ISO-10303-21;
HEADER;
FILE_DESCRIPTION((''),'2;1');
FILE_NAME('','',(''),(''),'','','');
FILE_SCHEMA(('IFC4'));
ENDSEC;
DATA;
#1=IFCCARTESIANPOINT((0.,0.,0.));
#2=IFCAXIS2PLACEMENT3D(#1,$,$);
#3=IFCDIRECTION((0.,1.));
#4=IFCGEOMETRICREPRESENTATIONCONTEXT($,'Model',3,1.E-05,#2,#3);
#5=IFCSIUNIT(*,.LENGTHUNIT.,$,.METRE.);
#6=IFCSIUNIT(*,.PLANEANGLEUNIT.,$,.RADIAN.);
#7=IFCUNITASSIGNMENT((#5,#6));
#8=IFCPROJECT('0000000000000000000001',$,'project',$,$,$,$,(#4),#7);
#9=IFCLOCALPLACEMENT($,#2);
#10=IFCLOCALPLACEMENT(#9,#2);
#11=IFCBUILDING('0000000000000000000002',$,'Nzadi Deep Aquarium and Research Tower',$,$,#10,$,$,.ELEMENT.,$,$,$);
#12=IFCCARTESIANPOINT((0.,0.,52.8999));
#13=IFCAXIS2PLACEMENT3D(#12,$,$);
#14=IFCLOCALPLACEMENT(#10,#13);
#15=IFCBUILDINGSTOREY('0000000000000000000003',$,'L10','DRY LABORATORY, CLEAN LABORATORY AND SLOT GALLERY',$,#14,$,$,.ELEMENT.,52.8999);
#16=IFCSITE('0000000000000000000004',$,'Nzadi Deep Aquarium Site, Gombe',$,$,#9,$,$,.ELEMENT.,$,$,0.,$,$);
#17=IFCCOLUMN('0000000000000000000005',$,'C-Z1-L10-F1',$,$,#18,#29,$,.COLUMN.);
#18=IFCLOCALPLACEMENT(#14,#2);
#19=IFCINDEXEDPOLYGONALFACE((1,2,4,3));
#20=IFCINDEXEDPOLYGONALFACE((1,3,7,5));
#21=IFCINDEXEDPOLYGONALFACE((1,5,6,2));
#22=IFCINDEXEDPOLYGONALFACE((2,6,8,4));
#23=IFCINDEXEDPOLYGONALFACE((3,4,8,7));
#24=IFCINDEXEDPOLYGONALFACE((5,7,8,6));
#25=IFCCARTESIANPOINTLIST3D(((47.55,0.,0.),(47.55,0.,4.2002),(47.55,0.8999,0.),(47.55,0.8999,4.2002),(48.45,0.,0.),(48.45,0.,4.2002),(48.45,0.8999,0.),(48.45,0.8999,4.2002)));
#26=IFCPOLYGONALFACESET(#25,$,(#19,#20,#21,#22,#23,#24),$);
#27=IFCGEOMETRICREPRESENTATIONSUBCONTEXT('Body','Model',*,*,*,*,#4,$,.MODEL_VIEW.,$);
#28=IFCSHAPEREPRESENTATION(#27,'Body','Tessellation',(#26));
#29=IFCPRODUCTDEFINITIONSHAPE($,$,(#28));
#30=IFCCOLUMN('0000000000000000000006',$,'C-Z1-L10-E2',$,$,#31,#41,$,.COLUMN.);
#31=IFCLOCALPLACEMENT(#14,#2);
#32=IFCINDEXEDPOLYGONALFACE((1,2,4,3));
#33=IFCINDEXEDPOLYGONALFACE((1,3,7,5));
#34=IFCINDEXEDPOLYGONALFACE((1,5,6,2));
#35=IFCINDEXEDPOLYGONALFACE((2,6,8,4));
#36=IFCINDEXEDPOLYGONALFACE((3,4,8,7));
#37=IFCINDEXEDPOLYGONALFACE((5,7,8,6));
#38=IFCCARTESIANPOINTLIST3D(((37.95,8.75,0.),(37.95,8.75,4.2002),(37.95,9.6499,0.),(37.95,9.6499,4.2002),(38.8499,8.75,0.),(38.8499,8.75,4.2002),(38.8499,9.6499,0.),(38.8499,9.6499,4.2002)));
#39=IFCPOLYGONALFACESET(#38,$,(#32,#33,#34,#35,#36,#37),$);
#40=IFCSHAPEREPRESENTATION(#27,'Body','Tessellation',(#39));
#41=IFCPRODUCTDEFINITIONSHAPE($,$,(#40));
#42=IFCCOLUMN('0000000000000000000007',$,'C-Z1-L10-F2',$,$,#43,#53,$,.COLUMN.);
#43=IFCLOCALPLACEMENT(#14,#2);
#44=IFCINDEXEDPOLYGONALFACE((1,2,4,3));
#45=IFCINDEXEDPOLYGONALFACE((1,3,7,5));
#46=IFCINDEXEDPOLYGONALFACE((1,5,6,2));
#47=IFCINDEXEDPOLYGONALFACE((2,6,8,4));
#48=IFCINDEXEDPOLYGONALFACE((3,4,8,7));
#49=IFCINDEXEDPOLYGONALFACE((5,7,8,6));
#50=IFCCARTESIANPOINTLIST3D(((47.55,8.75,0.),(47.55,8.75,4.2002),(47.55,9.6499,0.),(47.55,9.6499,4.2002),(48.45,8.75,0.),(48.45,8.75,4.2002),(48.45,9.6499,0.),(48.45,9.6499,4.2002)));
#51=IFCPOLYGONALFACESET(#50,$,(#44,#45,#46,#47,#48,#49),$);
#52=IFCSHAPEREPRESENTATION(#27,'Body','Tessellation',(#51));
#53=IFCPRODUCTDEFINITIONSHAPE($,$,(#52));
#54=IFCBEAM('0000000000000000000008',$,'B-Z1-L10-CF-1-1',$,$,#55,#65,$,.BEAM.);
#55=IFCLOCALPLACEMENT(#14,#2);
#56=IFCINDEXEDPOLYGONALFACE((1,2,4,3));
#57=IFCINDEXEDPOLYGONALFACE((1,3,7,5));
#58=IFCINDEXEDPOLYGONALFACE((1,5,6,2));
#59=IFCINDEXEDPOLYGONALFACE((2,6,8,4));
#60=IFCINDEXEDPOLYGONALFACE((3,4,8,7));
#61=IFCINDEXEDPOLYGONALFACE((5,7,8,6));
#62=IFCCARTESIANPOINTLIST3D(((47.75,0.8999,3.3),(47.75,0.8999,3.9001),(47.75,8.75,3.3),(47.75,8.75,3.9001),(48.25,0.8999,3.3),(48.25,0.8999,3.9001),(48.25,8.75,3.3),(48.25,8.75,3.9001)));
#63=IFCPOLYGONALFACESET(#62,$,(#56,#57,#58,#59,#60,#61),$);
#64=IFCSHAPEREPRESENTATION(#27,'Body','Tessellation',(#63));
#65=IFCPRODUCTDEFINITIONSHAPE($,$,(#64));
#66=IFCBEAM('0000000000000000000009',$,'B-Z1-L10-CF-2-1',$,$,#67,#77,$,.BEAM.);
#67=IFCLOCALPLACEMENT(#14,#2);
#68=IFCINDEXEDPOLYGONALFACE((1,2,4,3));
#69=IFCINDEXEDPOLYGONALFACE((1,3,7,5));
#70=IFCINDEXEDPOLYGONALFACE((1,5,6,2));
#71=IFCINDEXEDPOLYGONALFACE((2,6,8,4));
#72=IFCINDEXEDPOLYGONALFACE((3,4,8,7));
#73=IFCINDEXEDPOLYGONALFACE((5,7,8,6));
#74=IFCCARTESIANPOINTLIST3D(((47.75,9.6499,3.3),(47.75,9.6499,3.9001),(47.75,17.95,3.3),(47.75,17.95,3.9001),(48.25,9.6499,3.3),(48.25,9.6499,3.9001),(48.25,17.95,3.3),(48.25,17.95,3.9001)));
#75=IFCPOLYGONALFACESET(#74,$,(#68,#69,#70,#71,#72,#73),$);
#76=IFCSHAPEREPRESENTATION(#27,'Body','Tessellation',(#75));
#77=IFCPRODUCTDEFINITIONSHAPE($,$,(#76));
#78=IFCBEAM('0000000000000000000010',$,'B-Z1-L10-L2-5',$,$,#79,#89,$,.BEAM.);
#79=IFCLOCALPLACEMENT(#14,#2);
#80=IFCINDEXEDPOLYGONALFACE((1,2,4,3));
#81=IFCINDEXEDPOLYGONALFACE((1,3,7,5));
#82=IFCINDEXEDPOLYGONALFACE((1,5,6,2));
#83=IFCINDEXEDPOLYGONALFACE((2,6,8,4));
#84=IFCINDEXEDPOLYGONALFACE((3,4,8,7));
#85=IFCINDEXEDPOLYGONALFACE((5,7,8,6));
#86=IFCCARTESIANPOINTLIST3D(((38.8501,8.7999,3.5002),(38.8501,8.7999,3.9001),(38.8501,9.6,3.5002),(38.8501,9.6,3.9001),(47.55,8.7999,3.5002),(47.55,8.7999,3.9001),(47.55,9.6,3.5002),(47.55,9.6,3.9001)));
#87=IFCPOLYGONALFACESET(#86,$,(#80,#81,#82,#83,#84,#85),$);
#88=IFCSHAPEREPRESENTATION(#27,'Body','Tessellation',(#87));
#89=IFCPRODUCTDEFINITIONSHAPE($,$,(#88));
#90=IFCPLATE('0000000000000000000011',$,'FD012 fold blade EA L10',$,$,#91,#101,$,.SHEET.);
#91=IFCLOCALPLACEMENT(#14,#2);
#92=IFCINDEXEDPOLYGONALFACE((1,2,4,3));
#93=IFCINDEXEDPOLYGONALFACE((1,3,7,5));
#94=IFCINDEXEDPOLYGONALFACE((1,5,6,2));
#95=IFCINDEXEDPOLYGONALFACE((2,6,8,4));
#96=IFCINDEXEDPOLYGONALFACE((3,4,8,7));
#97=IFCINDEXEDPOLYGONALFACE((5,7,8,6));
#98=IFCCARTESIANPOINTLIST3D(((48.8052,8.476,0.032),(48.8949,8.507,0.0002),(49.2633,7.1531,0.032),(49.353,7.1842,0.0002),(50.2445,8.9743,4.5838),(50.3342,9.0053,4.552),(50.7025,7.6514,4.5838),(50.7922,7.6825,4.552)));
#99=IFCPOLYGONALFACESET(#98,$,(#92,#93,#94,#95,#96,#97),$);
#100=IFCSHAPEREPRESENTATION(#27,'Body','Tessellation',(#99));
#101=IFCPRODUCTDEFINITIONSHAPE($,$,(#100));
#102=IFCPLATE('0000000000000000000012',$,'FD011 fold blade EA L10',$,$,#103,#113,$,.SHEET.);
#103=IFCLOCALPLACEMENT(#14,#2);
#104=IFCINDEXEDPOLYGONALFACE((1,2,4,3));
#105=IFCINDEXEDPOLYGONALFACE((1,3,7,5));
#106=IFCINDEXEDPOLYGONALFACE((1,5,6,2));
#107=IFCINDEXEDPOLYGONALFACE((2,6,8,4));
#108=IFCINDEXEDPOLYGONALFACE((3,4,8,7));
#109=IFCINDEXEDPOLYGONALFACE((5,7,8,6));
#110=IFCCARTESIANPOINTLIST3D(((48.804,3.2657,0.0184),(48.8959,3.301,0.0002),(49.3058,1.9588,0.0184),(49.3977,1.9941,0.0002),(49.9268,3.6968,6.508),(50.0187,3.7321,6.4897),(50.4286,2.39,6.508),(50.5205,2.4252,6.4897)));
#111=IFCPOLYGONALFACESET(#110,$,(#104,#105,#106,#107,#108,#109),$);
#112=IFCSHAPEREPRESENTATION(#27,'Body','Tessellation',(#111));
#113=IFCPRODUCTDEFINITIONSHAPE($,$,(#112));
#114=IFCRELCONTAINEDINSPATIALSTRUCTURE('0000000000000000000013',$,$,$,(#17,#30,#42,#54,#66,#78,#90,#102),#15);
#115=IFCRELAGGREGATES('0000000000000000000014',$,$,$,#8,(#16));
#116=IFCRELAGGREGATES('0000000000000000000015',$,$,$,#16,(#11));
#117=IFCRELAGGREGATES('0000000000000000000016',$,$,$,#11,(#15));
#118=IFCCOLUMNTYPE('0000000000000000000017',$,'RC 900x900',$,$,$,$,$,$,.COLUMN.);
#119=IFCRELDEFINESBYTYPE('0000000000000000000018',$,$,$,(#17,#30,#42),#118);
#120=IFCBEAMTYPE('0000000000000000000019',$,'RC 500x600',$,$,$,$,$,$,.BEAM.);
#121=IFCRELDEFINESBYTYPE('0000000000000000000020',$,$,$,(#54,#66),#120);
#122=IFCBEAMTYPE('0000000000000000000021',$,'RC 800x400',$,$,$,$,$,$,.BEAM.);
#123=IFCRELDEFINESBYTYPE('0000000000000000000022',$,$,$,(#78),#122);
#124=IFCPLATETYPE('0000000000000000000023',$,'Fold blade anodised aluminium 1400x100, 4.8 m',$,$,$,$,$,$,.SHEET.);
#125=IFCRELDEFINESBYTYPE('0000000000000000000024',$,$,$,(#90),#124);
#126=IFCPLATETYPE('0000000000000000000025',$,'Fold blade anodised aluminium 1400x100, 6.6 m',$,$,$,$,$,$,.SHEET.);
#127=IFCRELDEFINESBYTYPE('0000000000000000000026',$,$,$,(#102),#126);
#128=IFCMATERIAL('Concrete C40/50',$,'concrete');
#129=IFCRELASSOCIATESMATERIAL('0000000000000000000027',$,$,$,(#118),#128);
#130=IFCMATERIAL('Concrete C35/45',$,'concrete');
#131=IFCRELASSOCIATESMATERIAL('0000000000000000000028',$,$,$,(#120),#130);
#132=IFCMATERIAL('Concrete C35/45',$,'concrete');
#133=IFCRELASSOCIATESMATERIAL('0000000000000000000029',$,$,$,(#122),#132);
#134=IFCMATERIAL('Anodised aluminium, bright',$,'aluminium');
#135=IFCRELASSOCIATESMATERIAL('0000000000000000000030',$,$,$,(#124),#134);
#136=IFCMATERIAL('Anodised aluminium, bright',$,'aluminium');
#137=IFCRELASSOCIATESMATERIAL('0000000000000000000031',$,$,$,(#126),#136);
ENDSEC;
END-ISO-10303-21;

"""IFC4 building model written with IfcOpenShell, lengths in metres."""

from ifc_helpers import new_model, si_unit, direction, frame, origin, origin_2d, place, context, subcontext, project, spatial, rectangle, extrude, material, material_profile, profile_set, type_object, element, save


model = new_model("IFC4")

# Units and contexts
model_context = context("Model", 3, precision=1e-05, world=origin(), true_north=direction((0.0, 1.0)))
body_context = subcontext(model_context, "Body", "Model", "MODEL_VIEW")
ifc_project = project(units=[si_unit("LENGTHUNIT", "METRE"), si_unit("PLANEANGLEUNIT", "RADIAN")], contexts=[model_context])

# Site, building, storey
site_placement = place(None, origin())
site = spatial("IfcSite", under=ifc_project, at=site_placement, Name="Nzadi Deep Aquarium Site, Gombe", CompositionType="ELEMENT", RefElevation=0.0)
building_placement = place(site_placement, origin())
building = spatial("IfcBuilding", under=site, at=building_placement, Name="Nzadi Deep Aquarium and Research Tower", CompositionType="ELEMENT")
storey_placement = place(building_placement, frame((0.0, 0.0, 52.8999)))
storey = spatial("IfcBuildingStorey", under=building, at=storey_placement, Name="L10", Description="DRY LABORATORY, CLEAN LABORATORY AND SLOT GALLERY", CompositionType="ELEMENT", Elevation=52.8999)

# Columns
ifc_material_1 = material(Name="Concrete C40/50", Category="concrete")
ifc_material_profile_1 = material_profile(ifc_material_1, rectangle(XDim=0.8999, YDim=0.8999, at=origin_2d()))
ifc_profile_set_1 = profile_set([ifc_material_profile_1], Name="Concrete C40/50")
column_type = type_object("IfcColumnType", Name="RC 900x900", PredefinedType="COLUMN", material=ifc_profile_set_1)
for number, where, z_axis, x_axis, name in (
    (1, (48.0, 0.45, 0.0), (0.0, 0.0, 1.0), (1.0, 0.0, 0.0), "C-Z1-L10-F1"),
    (2, (38.3999, 9.2, 0.0), (0.0, 0.0, 1.0), (1.0, 0.0, 0.0), "C-Z1-L10-E2"),
    (3, (48.0, 9.2, 0.0), (0.0, 0.0, 1.0), (1.0, 0.0, 0.0), "C-Z1-L10-F2"),
):
    element("IfcColumn", number, at=place(storey_placement, frame(where, z_axis=z_axis, x_axis=x_axis)), inside=storey, type_object=column_type, Name=name, PredefinedType="COLUMN", context=body_context, shape_type="SweptSolid", body=[
        extrude(rectangle(XDim=0.8999, YDim=0.8999, at=origin_2d()), origin(), (0.0, 0.0, 1.0), 4.2002),
    ])

# Beams
ifc_material_2 = material(Name="Concrete C35/45", Category="concrete")
ifc_material_profile_2 = material_profile(ifc_material_2, rectangle(XDim=0.5, YDim=0.6001, at=origin_2d()))
ifc_profile_set_2 = profile_set([ifc_material_profile_2], Name="Concrete C35/45")
beam_type_1 = type_object("IfcBeamType", Name="RC 500x600", PredefinedType="BEAM", material=ifc_profile_set_2)
beam_1_placement = place(storey_placement, frame((48.0, 0.8999, 3.6001), z_axis=(0.0, 1.0, 0.0), x_axis=(-1.0, 0.0, 0.0)))
element("IfcBeam", 4, at=beam_1_placement, inside=storey, type_object=beam_type_1, Name="B-Z1-L10-CF-1-1", PredefinedType="BEAM", context=body_context, shape_type="SweptSolid", body=[
    extrude(rectangle(XDim=0.5, YDim=0.6001, at=origin_2d()), origin(), (0.0, 0.0, 1.0), 7.8501),
])
beam_2_placement = place(storey_placement, frame((48.0, 9.6499, 3.6001), z_axis=(0.0, 1.0, 0.0), x_axis=(-1.0, 0.0, 0.0)))
element("IfcBeam", 5, at=beam_2_placement, inside=storey, type_object=beam_type_1, Name="B-Z1-L10-CF-2-1", PredefinedType="BEAM", context=body_context, shape_type="SweptSolid", body=[
    extrude(rectangle(XDim=0.5, YDim=0.6001, at=origin_2d()), origin(), (0.0, 0.0, 1.0), 8.3),
])
ifc_material_3 = material(Name="Concrete C35/45", Category="concrete")
ifc_material_profile_3 = material_profile(ifc_material_3, rectangle(XDim=0.8, YDim=0.3999, at=origin_2d()))
ifc_profile_set_3 = profile_set([ifc_material_profile_3], Name="Concrete C35/45")
beam_type_2 = type_object("IfcBeamType", Name="RC 800x400", PredefinedType="BEAM", material=ifc_profile_set_3)
beam_3_placement = place(storey_placement, frame((38.8501, 9.2, 3.7002), z_axis=(1.0, 0.0, 0.0), x_axis=(0.0, 1.0, 0.0)))
element("IfcBeam", 6, at=beam_3_placement, inside=storey, type_object=beam_type_2, Name="B-Z1-L10-L2-5", PredefinedType="BEAM", context=body_context, shape_type="SweptSolid", body=[
    extrude(rectangle(XDim=0.8, YDim=0.3999, at=origin_2d()), origin(), (0.0, 0.0, 1.0), 8.7),
])

# Plates
ifc_material_4 = material(Name="Anodised aluminium, bright", Category="aluminium")
ifc_material_profile_4 = material_profile(ifc_material_4, rectangle(XDim=1.3999, YDim=0.1001, at=origin_2d()))
ifc_profile_set_4 = profile_set([ifc_material_profile_4], Name="Anodised aluminium, bright")
plate_type_1 = type_object("IfcPlateType", Name="Fold blade anodised aluminium 1400x100, 4.8 m", PredefinedType="SHEET", material=ifc_profile_set_4)
plate_1_placement = place(storey_placement, frame((49.0791, 7.8301, 0.0161), z_axis=(0.299847, 0.103815, 0.948322), x_axis=(-0.327171, 0.944965, 0.0)))
element("IfcPlate", 7, at=plate_1_placement, inside=storey, type_object=plate_type_1, Name="FD012 fold blade EA L10", PredefinedType="SHEET", context=body_context, shape_type="SweptSolid", body=[
    extrude(rectangle(XDim=1.3999, YDim=0.1001, at=origin_2d()), origin(), (0.0, 0.0, 1.0), 4.7998),
])
ifc_material_5 = material(Name="Anodised aluminium, bright", Category="aluminium")
ifc_material_profile_5 = material_profile(ifc_material_5, rectangle(XDim=1.3999, YDim=0.1001, at=origin_2d()))
ifc_profile_set_5 = profile_set([ifc_material_profile_5], Name="Anodised aluminium, bright")
plate_type_2 = type_object("IfcPlateType", Name="Fold blade anodised aluminium 1400x100, 6.6 m", PredefinedType="SHEET", material=ifc_profile_set_5)
plate_2_placement = place(storey_placement, frame((49.1008, 2.6299, 0.0093), z_axis=(0.170121, 0.065326, 0.983255), x_axis=(-0.358476, 0.933539, 0.0)))
element("IfcPlate", 8, at=plate_2_placement, inside=storey, type_object=plate_type_2, Name="FD011 fold blade EA L10", PredefinedType="SHEET", context=body_context, shape_type="SweptSolid", body=[
    extrude(rectangle(XDim=1.3999, YDim=0.1001, at=origin_2d()), origin(), (0.0, 0.0, 1.0), 6.6001),
])

save(model, "model.ifc")
